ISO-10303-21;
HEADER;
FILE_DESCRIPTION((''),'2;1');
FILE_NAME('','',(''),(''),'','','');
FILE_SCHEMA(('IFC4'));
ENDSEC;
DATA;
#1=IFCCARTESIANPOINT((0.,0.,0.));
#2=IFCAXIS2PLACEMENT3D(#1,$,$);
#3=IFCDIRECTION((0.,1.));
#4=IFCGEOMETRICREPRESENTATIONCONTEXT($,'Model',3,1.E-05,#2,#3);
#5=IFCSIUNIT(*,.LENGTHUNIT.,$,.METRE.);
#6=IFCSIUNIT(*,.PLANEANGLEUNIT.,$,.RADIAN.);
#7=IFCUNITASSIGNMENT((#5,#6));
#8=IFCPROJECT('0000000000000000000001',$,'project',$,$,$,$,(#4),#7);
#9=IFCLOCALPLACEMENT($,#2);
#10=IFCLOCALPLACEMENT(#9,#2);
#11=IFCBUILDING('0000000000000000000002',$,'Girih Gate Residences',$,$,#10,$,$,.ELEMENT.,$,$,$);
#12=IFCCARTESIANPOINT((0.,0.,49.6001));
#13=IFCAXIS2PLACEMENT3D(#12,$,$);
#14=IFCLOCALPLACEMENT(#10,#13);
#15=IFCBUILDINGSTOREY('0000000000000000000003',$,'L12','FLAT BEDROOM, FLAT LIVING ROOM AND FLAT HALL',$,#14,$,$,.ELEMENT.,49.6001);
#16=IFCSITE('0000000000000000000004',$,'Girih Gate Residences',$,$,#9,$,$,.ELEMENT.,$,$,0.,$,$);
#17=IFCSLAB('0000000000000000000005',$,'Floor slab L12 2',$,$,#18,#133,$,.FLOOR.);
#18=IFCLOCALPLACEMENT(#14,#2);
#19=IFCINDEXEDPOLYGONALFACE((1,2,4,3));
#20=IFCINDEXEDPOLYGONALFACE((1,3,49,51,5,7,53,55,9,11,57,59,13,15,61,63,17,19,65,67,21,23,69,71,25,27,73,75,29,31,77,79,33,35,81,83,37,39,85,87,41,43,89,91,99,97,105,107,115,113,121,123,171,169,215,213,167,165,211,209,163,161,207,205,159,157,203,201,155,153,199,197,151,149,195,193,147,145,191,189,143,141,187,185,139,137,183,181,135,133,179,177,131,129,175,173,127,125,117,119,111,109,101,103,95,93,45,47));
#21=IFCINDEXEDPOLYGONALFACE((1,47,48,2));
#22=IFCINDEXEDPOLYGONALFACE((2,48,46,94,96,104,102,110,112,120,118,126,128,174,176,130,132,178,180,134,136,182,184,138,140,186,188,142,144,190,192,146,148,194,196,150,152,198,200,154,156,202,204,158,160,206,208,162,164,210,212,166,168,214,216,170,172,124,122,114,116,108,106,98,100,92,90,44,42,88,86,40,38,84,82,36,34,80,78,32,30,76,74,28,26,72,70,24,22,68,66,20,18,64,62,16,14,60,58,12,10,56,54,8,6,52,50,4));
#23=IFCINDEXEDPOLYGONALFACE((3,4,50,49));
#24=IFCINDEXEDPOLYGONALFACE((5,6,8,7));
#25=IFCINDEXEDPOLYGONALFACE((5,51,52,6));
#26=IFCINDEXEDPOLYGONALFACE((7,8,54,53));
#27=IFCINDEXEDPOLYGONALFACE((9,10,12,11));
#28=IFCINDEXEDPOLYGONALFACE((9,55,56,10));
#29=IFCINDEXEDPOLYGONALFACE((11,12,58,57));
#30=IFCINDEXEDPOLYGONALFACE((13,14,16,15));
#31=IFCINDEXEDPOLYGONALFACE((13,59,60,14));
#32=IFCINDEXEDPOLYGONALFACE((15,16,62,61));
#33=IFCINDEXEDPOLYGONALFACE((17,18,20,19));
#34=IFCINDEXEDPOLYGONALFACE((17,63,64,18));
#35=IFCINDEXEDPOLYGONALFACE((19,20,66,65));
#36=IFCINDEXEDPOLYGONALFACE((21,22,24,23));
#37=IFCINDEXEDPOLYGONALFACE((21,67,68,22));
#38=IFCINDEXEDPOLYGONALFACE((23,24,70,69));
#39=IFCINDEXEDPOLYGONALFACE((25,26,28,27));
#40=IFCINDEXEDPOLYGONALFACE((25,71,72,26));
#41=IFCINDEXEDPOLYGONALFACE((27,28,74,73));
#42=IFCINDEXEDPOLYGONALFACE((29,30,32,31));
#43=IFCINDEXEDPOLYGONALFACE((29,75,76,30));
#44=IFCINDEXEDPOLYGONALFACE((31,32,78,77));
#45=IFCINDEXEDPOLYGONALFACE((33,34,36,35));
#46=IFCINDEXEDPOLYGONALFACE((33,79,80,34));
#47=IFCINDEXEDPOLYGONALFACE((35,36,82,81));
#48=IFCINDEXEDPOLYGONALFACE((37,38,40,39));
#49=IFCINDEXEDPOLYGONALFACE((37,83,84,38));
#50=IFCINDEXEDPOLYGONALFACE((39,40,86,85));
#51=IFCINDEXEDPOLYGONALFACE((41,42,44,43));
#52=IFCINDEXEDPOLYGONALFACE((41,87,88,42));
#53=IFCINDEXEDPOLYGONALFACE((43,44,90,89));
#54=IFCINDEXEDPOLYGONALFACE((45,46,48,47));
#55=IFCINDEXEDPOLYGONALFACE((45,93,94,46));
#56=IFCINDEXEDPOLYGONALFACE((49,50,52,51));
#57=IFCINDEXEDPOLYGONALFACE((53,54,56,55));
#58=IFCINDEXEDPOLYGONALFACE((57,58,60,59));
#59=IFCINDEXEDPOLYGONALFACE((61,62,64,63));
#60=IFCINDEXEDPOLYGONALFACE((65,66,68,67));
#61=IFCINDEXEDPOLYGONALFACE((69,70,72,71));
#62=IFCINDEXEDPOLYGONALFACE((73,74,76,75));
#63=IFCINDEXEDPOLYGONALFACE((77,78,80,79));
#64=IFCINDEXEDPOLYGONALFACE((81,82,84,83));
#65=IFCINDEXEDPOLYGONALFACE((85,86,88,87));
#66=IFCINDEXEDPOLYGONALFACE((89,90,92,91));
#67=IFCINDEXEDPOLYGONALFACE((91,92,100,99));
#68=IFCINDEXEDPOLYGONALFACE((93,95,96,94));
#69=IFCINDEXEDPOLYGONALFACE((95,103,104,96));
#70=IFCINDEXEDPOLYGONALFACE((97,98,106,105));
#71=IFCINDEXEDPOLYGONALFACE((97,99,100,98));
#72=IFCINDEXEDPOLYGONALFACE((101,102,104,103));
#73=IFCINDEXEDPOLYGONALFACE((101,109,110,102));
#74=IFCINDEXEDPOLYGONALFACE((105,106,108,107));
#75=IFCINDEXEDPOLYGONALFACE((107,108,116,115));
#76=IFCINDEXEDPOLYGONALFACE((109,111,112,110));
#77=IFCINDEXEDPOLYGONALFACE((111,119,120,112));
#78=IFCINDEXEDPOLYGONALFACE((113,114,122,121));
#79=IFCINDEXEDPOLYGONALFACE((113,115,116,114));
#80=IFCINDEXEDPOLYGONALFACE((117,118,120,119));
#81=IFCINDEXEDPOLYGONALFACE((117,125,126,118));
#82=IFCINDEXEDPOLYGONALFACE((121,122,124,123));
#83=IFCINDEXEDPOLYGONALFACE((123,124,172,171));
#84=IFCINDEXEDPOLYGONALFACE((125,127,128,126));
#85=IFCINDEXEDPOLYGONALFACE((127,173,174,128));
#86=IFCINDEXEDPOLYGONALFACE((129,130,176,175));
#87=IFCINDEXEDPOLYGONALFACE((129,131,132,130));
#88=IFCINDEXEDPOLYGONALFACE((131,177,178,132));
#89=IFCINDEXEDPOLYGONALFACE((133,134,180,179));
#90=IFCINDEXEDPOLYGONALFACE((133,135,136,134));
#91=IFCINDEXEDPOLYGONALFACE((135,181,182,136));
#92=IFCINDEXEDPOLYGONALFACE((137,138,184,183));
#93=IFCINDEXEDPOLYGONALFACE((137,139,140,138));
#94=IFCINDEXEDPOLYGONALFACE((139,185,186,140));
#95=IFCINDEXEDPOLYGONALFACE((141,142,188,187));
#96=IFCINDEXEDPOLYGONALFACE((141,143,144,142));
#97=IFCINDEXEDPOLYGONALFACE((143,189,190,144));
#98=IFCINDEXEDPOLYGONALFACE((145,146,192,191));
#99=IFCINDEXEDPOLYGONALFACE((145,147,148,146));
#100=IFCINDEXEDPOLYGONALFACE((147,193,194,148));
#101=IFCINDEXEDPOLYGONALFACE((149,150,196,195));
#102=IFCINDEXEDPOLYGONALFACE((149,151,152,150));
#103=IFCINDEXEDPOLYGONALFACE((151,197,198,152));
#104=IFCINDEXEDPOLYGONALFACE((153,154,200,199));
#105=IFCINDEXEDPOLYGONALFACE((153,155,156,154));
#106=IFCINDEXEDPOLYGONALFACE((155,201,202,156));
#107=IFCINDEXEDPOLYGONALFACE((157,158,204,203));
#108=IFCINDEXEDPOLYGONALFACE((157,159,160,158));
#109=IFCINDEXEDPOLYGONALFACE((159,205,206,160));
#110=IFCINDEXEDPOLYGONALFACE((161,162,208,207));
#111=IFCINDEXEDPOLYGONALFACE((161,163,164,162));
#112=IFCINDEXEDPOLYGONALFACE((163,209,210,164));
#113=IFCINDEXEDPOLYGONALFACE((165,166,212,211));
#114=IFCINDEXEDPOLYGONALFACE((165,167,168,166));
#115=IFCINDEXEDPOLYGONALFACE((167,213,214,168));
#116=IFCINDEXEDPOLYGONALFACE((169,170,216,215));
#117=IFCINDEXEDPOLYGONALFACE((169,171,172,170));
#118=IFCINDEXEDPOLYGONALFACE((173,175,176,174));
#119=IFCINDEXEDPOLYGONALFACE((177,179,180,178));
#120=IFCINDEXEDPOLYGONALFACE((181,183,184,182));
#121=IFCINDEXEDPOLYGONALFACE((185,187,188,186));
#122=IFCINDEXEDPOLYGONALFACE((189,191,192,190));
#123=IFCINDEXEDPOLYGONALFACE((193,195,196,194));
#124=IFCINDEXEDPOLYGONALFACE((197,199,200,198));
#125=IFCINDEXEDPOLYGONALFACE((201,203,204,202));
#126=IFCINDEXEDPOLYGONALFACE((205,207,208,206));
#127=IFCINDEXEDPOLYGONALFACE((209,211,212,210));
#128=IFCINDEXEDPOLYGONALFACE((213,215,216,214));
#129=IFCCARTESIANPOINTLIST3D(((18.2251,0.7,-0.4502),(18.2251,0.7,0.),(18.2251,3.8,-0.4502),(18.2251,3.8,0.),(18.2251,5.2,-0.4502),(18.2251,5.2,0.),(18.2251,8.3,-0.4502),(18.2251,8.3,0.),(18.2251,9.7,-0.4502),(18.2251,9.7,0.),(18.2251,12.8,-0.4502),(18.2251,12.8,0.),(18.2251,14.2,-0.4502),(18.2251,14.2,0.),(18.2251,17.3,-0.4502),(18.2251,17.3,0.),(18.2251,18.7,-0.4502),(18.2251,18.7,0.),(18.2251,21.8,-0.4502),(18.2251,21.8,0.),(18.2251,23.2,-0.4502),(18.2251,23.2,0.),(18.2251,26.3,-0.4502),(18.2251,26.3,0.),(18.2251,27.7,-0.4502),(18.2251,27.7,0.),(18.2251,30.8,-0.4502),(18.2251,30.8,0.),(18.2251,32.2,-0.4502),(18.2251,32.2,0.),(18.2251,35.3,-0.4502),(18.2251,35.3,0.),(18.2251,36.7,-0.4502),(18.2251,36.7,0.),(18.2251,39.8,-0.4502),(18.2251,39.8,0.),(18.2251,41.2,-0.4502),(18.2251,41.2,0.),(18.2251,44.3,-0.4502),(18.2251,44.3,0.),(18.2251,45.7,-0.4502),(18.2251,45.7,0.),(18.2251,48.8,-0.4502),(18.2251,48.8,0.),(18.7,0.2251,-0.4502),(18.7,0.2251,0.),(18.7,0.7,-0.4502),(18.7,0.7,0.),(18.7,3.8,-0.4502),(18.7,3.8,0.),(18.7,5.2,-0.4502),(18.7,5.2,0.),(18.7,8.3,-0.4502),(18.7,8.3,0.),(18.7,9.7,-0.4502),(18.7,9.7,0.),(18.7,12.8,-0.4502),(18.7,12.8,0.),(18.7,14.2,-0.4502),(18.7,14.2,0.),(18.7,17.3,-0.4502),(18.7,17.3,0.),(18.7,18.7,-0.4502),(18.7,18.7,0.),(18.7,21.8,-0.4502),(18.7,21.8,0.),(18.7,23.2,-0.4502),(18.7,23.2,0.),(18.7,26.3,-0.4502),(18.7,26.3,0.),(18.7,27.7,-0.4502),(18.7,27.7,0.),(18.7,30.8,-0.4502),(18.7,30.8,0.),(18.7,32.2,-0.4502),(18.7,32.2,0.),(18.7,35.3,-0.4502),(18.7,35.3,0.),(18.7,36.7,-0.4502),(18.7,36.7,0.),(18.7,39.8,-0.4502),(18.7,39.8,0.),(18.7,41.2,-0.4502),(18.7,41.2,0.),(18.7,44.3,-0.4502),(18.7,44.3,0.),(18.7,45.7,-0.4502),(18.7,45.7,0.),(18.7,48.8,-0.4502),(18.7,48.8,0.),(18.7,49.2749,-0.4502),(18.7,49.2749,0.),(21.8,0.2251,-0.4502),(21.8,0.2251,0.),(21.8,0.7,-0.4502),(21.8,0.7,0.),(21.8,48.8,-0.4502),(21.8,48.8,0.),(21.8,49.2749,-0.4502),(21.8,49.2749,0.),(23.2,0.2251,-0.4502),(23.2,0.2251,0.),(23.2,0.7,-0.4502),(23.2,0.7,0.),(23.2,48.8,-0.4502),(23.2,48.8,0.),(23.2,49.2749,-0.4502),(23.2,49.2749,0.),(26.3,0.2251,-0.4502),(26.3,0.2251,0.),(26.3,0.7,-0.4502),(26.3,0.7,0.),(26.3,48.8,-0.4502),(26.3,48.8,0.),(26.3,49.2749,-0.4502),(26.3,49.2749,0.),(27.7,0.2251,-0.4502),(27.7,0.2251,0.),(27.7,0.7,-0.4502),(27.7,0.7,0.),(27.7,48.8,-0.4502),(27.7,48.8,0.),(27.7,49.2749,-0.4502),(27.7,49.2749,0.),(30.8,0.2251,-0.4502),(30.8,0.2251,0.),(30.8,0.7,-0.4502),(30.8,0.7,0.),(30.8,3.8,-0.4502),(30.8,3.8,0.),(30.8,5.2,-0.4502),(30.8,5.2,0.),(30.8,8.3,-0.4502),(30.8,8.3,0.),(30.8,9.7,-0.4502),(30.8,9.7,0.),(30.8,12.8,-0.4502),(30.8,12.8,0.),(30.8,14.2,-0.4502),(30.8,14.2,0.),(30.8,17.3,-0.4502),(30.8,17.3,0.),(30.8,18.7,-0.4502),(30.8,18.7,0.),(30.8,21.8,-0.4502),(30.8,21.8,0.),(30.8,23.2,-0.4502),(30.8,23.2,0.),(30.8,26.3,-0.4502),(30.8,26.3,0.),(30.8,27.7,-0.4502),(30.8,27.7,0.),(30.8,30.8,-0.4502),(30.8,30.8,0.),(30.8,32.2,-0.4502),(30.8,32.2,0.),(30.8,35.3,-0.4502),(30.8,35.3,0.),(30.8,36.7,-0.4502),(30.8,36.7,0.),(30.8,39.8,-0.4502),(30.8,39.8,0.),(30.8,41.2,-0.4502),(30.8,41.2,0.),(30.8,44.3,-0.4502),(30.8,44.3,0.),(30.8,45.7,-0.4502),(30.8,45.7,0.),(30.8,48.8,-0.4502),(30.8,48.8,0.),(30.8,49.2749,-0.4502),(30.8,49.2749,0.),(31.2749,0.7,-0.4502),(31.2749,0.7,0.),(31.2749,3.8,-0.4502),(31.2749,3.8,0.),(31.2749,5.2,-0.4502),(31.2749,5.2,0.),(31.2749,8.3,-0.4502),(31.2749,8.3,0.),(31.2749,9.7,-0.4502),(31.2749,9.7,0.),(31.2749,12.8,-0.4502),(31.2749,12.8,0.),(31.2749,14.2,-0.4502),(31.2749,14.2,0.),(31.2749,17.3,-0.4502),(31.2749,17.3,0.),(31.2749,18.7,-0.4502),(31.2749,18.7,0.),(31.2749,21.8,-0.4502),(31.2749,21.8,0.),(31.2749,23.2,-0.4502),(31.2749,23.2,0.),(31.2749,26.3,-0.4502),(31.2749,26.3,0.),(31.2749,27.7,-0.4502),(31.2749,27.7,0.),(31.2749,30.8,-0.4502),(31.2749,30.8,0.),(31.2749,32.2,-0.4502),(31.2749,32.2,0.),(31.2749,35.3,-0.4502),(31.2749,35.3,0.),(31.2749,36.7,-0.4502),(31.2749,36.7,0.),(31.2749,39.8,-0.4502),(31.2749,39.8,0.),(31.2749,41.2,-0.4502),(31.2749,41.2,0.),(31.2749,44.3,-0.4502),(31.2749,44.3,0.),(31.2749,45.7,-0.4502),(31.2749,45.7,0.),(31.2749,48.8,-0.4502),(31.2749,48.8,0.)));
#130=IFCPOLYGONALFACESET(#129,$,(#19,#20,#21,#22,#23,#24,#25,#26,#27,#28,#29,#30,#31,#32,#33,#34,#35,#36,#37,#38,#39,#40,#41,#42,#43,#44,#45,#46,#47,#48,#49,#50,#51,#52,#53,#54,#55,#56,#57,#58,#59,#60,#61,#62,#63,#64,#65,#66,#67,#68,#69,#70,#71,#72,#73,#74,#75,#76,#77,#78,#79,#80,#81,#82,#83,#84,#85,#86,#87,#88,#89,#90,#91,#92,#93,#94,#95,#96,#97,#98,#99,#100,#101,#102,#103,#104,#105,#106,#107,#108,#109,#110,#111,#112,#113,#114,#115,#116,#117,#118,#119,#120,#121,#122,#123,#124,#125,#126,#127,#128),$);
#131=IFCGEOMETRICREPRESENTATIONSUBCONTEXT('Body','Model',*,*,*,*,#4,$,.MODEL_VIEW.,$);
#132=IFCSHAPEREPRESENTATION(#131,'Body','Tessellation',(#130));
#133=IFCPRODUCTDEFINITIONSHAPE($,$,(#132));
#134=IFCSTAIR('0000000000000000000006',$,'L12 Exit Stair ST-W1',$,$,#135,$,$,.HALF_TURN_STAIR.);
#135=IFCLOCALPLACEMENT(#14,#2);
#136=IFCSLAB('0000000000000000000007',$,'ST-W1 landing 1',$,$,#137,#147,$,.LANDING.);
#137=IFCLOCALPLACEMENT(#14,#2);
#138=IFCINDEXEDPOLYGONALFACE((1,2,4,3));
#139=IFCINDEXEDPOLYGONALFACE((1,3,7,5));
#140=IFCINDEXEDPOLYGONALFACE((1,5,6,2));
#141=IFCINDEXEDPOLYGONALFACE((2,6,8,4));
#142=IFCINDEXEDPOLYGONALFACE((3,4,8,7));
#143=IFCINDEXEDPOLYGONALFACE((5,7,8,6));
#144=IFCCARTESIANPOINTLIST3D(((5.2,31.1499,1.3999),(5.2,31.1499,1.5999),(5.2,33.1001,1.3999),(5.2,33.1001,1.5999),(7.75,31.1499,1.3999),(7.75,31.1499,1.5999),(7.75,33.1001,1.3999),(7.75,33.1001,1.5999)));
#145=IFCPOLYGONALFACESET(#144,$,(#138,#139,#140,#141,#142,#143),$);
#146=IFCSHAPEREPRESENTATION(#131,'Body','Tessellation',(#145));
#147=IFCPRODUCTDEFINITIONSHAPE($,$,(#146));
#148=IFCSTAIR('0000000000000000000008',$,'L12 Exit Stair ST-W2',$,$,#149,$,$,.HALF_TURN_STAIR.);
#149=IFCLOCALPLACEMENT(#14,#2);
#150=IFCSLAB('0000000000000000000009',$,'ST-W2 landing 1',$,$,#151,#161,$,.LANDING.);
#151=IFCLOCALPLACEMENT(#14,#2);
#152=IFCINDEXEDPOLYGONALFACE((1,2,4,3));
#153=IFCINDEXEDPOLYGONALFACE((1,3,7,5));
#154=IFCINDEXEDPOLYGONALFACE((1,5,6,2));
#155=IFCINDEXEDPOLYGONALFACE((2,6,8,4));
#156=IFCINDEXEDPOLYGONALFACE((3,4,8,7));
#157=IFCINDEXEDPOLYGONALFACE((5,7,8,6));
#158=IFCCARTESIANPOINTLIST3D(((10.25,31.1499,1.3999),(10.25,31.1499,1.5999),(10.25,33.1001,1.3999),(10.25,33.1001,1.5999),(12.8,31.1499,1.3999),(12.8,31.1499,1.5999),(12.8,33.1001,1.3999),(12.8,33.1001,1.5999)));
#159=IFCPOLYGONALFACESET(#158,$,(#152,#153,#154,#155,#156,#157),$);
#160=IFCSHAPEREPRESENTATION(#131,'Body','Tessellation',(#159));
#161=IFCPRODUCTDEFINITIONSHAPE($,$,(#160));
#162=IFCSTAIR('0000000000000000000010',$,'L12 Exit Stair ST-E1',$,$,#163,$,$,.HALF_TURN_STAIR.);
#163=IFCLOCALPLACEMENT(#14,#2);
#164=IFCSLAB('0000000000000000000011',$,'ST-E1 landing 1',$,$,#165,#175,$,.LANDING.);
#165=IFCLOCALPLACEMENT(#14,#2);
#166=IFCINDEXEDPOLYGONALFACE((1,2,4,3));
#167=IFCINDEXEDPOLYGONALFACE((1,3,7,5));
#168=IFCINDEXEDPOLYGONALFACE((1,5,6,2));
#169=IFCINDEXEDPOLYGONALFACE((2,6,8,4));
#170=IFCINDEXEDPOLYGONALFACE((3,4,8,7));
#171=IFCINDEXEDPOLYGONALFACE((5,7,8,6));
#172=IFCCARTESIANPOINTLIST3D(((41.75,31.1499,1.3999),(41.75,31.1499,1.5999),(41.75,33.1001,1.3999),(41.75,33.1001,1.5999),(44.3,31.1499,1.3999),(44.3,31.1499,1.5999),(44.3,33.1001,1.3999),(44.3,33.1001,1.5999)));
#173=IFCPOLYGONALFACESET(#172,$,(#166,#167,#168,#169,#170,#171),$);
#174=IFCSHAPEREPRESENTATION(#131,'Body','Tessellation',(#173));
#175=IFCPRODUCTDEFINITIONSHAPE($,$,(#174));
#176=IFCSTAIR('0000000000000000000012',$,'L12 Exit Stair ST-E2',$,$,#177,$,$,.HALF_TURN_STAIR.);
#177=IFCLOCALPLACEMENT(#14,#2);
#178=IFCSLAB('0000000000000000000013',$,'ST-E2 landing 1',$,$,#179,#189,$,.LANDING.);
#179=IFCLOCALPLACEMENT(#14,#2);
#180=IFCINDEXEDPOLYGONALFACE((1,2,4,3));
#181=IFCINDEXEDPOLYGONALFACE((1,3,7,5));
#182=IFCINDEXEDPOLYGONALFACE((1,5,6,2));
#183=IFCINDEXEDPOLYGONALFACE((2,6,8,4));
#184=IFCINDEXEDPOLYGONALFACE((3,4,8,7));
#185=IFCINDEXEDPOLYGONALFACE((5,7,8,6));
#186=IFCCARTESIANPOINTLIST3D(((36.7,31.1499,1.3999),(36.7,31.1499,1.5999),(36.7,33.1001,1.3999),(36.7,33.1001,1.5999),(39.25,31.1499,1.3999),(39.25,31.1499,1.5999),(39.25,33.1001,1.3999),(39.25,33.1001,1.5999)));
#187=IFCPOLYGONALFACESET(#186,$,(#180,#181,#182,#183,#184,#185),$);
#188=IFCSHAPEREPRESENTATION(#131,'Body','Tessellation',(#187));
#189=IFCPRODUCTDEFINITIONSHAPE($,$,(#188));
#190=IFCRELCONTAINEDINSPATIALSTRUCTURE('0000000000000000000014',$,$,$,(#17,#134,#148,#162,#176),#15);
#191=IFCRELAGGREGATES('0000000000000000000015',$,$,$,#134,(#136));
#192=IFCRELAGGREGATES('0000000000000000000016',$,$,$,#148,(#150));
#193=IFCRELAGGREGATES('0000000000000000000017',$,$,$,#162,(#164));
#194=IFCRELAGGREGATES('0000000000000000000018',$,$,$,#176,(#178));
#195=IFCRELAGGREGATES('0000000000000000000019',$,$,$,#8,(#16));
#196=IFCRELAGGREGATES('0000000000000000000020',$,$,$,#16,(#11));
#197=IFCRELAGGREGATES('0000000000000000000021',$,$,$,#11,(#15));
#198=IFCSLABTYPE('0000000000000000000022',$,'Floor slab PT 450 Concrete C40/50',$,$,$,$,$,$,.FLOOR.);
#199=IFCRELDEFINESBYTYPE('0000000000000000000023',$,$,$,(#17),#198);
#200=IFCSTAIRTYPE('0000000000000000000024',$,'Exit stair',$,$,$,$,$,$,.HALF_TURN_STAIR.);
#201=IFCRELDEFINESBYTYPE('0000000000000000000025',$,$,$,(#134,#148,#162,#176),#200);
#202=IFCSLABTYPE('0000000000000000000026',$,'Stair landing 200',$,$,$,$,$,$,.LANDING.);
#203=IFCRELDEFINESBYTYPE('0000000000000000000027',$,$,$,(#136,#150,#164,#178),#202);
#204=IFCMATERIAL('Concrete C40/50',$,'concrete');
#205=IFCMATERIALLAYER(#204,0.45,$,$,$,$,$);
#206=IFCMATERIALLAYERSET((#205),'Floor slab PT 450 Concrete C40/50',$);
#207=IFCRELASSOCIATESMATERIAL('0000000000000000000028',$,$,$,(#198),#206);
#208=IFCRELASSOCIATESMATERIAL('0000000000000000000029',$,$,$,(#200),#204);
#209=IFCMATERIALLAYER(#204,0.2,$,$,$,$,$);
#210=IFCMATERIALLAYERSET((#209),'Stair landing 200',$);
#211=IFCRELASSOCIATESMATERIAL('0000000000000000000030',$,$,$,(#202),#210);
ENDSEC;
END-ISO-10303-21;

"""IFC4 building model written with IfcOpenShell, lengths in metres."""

from ifc_helpers import new_model, si_unit, direction, frame, origin, place, context, subcontext, project, spatial, polyline, outline, extrude, material, layer, layer_set, type_object, element, aggregate, save


model = new_model("IFC4")

# Units and contexts
model_context = context("Model", 3, precision=1e-05, world=origin(), true_north=direction((0.0, 1.0)))
body_context = subcontext(model_context, "Body", "Model", "MODEL_VIEW")
ifc_project = project(units=[si_unit("LENGTHUNIT", "METRE"), si_unit("PLANEANGLEUNIT", "RADIAN")], contexts=[model_context])

# Site, building, storey
site_placement = place(None, origin())
site = spatial("IfcSite", under=ifc_project, at=site_placement, Name="Girih Gate Residences", CompositionType="ELEMENT", RefElevation=0.0)
building_placement = place(site_placement, origin())
building = spatial("IfcBuilding", under=site, at=building_placement, Name="Girih Gate Residences", CompositionType="ELEMENT")
storey_placement = place(building_placement, frame((0.0, 0.0, 49.6001)))
storey = spatial("IfcBuildingStorey", under=building, at=storey_placement, Name="L12", Description="FLAT BEDROOM, FLAT LIVING ROOM AND FLAT HALL", CompositionType="ELEMENT", Elevation=49.6001)

# Slab
ifc_material_1 = material(Name="Concrete C40/50", Category="concrete")
ifc_layer_1 = layer(ifc_material_1, 0.45)
ifc_layer_set_1 = layer_set([ifc_layer_1], Name="Floor slab PT 450 Concrete C40/50")
slab_type_1 = type_object("IfcSlabType", Name="Floor slab PT 450 Concrete C40/50", PredefinedType="FLOOR", material=ifc_layer_set_1)
slab_1_placement = place(storey_placement, frame((0.0, 0.0, -0.4502)))
element("IfcSlab", 1, at=slab_1_placement, inside=storey, type_object=slab_type_1, Name="Floor slab L12 2", PredefinedType="FLOOR", context=body_context, shape_type="SweptSolid", body=[
    extrude(outline(polyline([(21.8, 49.2749), (18.7, 49.2749), (18.7, 48.8), (18.2251, 48.8), (18.2251, 45.7), (18.7, 45.7), (18.7, 44.3), (18.2251, 44.3), (18.2251, 41.2), (18.7, 41.2), (18.7, 39.8), (18.2251, 39.8), (18.2251, 36.7), (18.7, 36.7), (18.7, 35.3), (18.2251, 35.3), (18.2251, 32.2), (18.7, 32.2), (18.7, 30.8), (18.2251, 30.8), (18.2251, 27.7), (18.7, 27.7), (18.7, 26.3), (18.2251, 26.3), (18.2251, 23.2), (18.7, 23.2), (18.7, 21.8), (18.2251, 21.8), (18.2251, 18.7), (18.7, 18.7), (18.7, 17.3), (18.2251, 17.3), (18.2251, 14.2), (18.7, 14.2), (18.7, 12.8), (18.2251, 12.8), (18.2251, 9.7), (18.7, 9.7), (18.7, 8.3), (18.2251, 8.3), (18.2251, 5.2), (18.7, 5.2), (18.7, 3.8), (18.2251, 3.8), (18.2251, 0.7), (18.7, 0.7), (18.7, 0.2251), (21.8, 0.2251), (21.8, 0.7), (23.2, 0.7), (23.2, 0.2251), (26.3, 0.2251), (26.3, 0.7), (27.7, 0.7), (27.7, 0.2251), (30.8, 0.2251), (30.8, 0.7), (31.2749, 0.7), (31.2749, 3.8), (30.8, 3.8), (30.8, 5.2), (31.2749, 5.2), (31.2749, 8.3), (30.8, 8.3), (30.8, 9.7), (31.2749, 9.7), (31.2749, 12.8), (30.8, 12.8), (30.8, 14.2), (31.2749, 14.2), (31.2749, 17.3), (30.8, 17.3), (30.8, 18.7), (31.2749, 18.7), (31.2749, 21.8), (30.8, 21.8), (30.8, 23.2), (31.2749, 23.2), (31.2749, 26.3), (30.8, 26.3), (30.8, 27.7), (31.2749, 27.7), (31.2749, 30.8), (30.8, 30.8), (30.8, 32.2), (31.2749, 32.2), (31.2749, 35.3), (30.8, 35.3), (30.8, 36.7), (31.2749, 36.7), (31.2749, 39.8), (30.8, 39.8), (30.8, 41.2), (31.2749, 41.2), (31.2749, 44.3), (30.8, 44.3), (30.8, 45.7), (31.2749, 45.7), (31.2749, 48.8), (30.8, 48.8), (30.8, 49.2749), (27.7, 49.2749), (27.7, 48.8), (26.3, 48.8), (26.3, 49.2749), (23.2, 49.2749), (23.2, 48.8), (21.8, 48.8), (21.8, 49.2749)])), origin(), (0.0, 0.0, 1.0), 0.4502),
])

# Stairs, slabs
stair_type = type_object("IfcStairType", Name="Exit stair", PredefinedType="HALF_TURN_STAIR", material=ifc_material_1)
stair_1_placement = place(storey_placement, origin())
stair_1 = element("IfcStair", 2, at=stair_1_placement, inside=storey, type_object=stair_type, Name="L12 Exit Stair ST-W1", PredefinedType="HALF_TURN_STAIR")
ifc_layer_2 = layer(ifc_material_1, 0.2)
ifc_layer_set_2 = layer_set([ifc_layer_2], Name="Stair landing 200")
slab_type_2 = type_object("IfcSlabType", Name="Stair landing 200", PredefinedType="LANDING", material=ifc_layer_set_2)
slab_2_placement = place(storey_placement, frame((0.0, 0.0, 1.3999)))
slab_2 = element("IfcSlab", 3, at=slab_2_placement, type_object=slab_type_2, Name="ST-W1 landing 1", PredefinedType="LANDING", context=body_context, shape_type="SweptSolid", body=[
    extrude(outline(polyline([(7.75, 31.1499), (7.75, 33.1001), (5.2, 33.1001), (5.2, 31.1499), (7.75, 31.1499)])), origin(), (0.0, 0.0, 1.0), 0.2),
])
aggregate(stair_1, [slab_2])
stair_2_placement = place(storey_placement, origin())
stair_2 = element("IfcStair", 4, at=stair_2_placement, inside=storey, type_object=stair_type, Name="L12 Exit Stair ST-W2", PredefinedType="HALF_TURN_STAIR")
slab_3_placement = place(storey_placement, frame((0.0, 0.0, 1.3999)))
slab_3 = element("IfcSlab", 5, at=slab_3_placement, type_object=slab_type_2, Name="ST-W2 landing 1", PredefinedType="LANDING", context=body_context, shape_type="SweptSolid", body=[
    extrude(outline(polyline([(12.8, 31.1499), (12.8, 33.1001), (10.25, 33.1001), (10.25, 31.1499), (12.8, 31.1499)])), origin(), (0.0, 0.0, 1.0), 0.2),
])
aggregate(stair_2, [slab_3])
stair_3_placement = place(storey_placement, origin())
stair_3 = element("IfcStair", 6, at=stair_3_placement, inside=storey, type_object=stair_type, Name="L12 Exit Stair ST-E1", PredefinedType="HALF_TURN_STAIR")
slab_4_placement = place(storey_placement, frame((0.0, 0.0, 1.3999)))
slab_4 = element("IfcSlab", 7, at=slab_4_placement, type_object=slab_type_2, Name="ST-E1 landing 1", PredefinedType="LANDING", context=body_context, shape_type="SweptSolid", body=[
    extrude(outline(polyline([(44.3, 31.1499), (44.3, 33.1001), (41.75, 33.1001), (41.75, 31.1499), (44.3, 31.1499)])), origin(), (0.0, 0.0, 1.0), 0.2),
])
aggregate(stair_3, [slab_4])
stair_4_placement = place(storey_placement, origin())
stair_4 = element("IfcStair", 8, at=stair_4_placement, inside=storey, type_object=stair_type, Name="L12 Exit Stair ST-E2", PredefinedType="HALF_TURN_STAIR")
slab_5_placement = place(storey_placement, frame((0.0, 0.0, 1.3999)))
slab_5 = element("IfcSlab", 9, at=slab_5_placement, type_object=slab_type_2, Name="ST-E2 landing 1", PredefinedType="LANDING", context=body_context, shape_type="SweptSolid", body=[
    extrude(outline(polyline([(39.25, 31.1499), (39.25, 33.1001), (36.7, 33.1001), (36.7, 31.1499), (39.25, 31.1499)])), origin(), (0.0, 0.0, 1.0), 0.2),
])
aggregate(stair_4, [slab_5])

save(model, "model.ifc")
